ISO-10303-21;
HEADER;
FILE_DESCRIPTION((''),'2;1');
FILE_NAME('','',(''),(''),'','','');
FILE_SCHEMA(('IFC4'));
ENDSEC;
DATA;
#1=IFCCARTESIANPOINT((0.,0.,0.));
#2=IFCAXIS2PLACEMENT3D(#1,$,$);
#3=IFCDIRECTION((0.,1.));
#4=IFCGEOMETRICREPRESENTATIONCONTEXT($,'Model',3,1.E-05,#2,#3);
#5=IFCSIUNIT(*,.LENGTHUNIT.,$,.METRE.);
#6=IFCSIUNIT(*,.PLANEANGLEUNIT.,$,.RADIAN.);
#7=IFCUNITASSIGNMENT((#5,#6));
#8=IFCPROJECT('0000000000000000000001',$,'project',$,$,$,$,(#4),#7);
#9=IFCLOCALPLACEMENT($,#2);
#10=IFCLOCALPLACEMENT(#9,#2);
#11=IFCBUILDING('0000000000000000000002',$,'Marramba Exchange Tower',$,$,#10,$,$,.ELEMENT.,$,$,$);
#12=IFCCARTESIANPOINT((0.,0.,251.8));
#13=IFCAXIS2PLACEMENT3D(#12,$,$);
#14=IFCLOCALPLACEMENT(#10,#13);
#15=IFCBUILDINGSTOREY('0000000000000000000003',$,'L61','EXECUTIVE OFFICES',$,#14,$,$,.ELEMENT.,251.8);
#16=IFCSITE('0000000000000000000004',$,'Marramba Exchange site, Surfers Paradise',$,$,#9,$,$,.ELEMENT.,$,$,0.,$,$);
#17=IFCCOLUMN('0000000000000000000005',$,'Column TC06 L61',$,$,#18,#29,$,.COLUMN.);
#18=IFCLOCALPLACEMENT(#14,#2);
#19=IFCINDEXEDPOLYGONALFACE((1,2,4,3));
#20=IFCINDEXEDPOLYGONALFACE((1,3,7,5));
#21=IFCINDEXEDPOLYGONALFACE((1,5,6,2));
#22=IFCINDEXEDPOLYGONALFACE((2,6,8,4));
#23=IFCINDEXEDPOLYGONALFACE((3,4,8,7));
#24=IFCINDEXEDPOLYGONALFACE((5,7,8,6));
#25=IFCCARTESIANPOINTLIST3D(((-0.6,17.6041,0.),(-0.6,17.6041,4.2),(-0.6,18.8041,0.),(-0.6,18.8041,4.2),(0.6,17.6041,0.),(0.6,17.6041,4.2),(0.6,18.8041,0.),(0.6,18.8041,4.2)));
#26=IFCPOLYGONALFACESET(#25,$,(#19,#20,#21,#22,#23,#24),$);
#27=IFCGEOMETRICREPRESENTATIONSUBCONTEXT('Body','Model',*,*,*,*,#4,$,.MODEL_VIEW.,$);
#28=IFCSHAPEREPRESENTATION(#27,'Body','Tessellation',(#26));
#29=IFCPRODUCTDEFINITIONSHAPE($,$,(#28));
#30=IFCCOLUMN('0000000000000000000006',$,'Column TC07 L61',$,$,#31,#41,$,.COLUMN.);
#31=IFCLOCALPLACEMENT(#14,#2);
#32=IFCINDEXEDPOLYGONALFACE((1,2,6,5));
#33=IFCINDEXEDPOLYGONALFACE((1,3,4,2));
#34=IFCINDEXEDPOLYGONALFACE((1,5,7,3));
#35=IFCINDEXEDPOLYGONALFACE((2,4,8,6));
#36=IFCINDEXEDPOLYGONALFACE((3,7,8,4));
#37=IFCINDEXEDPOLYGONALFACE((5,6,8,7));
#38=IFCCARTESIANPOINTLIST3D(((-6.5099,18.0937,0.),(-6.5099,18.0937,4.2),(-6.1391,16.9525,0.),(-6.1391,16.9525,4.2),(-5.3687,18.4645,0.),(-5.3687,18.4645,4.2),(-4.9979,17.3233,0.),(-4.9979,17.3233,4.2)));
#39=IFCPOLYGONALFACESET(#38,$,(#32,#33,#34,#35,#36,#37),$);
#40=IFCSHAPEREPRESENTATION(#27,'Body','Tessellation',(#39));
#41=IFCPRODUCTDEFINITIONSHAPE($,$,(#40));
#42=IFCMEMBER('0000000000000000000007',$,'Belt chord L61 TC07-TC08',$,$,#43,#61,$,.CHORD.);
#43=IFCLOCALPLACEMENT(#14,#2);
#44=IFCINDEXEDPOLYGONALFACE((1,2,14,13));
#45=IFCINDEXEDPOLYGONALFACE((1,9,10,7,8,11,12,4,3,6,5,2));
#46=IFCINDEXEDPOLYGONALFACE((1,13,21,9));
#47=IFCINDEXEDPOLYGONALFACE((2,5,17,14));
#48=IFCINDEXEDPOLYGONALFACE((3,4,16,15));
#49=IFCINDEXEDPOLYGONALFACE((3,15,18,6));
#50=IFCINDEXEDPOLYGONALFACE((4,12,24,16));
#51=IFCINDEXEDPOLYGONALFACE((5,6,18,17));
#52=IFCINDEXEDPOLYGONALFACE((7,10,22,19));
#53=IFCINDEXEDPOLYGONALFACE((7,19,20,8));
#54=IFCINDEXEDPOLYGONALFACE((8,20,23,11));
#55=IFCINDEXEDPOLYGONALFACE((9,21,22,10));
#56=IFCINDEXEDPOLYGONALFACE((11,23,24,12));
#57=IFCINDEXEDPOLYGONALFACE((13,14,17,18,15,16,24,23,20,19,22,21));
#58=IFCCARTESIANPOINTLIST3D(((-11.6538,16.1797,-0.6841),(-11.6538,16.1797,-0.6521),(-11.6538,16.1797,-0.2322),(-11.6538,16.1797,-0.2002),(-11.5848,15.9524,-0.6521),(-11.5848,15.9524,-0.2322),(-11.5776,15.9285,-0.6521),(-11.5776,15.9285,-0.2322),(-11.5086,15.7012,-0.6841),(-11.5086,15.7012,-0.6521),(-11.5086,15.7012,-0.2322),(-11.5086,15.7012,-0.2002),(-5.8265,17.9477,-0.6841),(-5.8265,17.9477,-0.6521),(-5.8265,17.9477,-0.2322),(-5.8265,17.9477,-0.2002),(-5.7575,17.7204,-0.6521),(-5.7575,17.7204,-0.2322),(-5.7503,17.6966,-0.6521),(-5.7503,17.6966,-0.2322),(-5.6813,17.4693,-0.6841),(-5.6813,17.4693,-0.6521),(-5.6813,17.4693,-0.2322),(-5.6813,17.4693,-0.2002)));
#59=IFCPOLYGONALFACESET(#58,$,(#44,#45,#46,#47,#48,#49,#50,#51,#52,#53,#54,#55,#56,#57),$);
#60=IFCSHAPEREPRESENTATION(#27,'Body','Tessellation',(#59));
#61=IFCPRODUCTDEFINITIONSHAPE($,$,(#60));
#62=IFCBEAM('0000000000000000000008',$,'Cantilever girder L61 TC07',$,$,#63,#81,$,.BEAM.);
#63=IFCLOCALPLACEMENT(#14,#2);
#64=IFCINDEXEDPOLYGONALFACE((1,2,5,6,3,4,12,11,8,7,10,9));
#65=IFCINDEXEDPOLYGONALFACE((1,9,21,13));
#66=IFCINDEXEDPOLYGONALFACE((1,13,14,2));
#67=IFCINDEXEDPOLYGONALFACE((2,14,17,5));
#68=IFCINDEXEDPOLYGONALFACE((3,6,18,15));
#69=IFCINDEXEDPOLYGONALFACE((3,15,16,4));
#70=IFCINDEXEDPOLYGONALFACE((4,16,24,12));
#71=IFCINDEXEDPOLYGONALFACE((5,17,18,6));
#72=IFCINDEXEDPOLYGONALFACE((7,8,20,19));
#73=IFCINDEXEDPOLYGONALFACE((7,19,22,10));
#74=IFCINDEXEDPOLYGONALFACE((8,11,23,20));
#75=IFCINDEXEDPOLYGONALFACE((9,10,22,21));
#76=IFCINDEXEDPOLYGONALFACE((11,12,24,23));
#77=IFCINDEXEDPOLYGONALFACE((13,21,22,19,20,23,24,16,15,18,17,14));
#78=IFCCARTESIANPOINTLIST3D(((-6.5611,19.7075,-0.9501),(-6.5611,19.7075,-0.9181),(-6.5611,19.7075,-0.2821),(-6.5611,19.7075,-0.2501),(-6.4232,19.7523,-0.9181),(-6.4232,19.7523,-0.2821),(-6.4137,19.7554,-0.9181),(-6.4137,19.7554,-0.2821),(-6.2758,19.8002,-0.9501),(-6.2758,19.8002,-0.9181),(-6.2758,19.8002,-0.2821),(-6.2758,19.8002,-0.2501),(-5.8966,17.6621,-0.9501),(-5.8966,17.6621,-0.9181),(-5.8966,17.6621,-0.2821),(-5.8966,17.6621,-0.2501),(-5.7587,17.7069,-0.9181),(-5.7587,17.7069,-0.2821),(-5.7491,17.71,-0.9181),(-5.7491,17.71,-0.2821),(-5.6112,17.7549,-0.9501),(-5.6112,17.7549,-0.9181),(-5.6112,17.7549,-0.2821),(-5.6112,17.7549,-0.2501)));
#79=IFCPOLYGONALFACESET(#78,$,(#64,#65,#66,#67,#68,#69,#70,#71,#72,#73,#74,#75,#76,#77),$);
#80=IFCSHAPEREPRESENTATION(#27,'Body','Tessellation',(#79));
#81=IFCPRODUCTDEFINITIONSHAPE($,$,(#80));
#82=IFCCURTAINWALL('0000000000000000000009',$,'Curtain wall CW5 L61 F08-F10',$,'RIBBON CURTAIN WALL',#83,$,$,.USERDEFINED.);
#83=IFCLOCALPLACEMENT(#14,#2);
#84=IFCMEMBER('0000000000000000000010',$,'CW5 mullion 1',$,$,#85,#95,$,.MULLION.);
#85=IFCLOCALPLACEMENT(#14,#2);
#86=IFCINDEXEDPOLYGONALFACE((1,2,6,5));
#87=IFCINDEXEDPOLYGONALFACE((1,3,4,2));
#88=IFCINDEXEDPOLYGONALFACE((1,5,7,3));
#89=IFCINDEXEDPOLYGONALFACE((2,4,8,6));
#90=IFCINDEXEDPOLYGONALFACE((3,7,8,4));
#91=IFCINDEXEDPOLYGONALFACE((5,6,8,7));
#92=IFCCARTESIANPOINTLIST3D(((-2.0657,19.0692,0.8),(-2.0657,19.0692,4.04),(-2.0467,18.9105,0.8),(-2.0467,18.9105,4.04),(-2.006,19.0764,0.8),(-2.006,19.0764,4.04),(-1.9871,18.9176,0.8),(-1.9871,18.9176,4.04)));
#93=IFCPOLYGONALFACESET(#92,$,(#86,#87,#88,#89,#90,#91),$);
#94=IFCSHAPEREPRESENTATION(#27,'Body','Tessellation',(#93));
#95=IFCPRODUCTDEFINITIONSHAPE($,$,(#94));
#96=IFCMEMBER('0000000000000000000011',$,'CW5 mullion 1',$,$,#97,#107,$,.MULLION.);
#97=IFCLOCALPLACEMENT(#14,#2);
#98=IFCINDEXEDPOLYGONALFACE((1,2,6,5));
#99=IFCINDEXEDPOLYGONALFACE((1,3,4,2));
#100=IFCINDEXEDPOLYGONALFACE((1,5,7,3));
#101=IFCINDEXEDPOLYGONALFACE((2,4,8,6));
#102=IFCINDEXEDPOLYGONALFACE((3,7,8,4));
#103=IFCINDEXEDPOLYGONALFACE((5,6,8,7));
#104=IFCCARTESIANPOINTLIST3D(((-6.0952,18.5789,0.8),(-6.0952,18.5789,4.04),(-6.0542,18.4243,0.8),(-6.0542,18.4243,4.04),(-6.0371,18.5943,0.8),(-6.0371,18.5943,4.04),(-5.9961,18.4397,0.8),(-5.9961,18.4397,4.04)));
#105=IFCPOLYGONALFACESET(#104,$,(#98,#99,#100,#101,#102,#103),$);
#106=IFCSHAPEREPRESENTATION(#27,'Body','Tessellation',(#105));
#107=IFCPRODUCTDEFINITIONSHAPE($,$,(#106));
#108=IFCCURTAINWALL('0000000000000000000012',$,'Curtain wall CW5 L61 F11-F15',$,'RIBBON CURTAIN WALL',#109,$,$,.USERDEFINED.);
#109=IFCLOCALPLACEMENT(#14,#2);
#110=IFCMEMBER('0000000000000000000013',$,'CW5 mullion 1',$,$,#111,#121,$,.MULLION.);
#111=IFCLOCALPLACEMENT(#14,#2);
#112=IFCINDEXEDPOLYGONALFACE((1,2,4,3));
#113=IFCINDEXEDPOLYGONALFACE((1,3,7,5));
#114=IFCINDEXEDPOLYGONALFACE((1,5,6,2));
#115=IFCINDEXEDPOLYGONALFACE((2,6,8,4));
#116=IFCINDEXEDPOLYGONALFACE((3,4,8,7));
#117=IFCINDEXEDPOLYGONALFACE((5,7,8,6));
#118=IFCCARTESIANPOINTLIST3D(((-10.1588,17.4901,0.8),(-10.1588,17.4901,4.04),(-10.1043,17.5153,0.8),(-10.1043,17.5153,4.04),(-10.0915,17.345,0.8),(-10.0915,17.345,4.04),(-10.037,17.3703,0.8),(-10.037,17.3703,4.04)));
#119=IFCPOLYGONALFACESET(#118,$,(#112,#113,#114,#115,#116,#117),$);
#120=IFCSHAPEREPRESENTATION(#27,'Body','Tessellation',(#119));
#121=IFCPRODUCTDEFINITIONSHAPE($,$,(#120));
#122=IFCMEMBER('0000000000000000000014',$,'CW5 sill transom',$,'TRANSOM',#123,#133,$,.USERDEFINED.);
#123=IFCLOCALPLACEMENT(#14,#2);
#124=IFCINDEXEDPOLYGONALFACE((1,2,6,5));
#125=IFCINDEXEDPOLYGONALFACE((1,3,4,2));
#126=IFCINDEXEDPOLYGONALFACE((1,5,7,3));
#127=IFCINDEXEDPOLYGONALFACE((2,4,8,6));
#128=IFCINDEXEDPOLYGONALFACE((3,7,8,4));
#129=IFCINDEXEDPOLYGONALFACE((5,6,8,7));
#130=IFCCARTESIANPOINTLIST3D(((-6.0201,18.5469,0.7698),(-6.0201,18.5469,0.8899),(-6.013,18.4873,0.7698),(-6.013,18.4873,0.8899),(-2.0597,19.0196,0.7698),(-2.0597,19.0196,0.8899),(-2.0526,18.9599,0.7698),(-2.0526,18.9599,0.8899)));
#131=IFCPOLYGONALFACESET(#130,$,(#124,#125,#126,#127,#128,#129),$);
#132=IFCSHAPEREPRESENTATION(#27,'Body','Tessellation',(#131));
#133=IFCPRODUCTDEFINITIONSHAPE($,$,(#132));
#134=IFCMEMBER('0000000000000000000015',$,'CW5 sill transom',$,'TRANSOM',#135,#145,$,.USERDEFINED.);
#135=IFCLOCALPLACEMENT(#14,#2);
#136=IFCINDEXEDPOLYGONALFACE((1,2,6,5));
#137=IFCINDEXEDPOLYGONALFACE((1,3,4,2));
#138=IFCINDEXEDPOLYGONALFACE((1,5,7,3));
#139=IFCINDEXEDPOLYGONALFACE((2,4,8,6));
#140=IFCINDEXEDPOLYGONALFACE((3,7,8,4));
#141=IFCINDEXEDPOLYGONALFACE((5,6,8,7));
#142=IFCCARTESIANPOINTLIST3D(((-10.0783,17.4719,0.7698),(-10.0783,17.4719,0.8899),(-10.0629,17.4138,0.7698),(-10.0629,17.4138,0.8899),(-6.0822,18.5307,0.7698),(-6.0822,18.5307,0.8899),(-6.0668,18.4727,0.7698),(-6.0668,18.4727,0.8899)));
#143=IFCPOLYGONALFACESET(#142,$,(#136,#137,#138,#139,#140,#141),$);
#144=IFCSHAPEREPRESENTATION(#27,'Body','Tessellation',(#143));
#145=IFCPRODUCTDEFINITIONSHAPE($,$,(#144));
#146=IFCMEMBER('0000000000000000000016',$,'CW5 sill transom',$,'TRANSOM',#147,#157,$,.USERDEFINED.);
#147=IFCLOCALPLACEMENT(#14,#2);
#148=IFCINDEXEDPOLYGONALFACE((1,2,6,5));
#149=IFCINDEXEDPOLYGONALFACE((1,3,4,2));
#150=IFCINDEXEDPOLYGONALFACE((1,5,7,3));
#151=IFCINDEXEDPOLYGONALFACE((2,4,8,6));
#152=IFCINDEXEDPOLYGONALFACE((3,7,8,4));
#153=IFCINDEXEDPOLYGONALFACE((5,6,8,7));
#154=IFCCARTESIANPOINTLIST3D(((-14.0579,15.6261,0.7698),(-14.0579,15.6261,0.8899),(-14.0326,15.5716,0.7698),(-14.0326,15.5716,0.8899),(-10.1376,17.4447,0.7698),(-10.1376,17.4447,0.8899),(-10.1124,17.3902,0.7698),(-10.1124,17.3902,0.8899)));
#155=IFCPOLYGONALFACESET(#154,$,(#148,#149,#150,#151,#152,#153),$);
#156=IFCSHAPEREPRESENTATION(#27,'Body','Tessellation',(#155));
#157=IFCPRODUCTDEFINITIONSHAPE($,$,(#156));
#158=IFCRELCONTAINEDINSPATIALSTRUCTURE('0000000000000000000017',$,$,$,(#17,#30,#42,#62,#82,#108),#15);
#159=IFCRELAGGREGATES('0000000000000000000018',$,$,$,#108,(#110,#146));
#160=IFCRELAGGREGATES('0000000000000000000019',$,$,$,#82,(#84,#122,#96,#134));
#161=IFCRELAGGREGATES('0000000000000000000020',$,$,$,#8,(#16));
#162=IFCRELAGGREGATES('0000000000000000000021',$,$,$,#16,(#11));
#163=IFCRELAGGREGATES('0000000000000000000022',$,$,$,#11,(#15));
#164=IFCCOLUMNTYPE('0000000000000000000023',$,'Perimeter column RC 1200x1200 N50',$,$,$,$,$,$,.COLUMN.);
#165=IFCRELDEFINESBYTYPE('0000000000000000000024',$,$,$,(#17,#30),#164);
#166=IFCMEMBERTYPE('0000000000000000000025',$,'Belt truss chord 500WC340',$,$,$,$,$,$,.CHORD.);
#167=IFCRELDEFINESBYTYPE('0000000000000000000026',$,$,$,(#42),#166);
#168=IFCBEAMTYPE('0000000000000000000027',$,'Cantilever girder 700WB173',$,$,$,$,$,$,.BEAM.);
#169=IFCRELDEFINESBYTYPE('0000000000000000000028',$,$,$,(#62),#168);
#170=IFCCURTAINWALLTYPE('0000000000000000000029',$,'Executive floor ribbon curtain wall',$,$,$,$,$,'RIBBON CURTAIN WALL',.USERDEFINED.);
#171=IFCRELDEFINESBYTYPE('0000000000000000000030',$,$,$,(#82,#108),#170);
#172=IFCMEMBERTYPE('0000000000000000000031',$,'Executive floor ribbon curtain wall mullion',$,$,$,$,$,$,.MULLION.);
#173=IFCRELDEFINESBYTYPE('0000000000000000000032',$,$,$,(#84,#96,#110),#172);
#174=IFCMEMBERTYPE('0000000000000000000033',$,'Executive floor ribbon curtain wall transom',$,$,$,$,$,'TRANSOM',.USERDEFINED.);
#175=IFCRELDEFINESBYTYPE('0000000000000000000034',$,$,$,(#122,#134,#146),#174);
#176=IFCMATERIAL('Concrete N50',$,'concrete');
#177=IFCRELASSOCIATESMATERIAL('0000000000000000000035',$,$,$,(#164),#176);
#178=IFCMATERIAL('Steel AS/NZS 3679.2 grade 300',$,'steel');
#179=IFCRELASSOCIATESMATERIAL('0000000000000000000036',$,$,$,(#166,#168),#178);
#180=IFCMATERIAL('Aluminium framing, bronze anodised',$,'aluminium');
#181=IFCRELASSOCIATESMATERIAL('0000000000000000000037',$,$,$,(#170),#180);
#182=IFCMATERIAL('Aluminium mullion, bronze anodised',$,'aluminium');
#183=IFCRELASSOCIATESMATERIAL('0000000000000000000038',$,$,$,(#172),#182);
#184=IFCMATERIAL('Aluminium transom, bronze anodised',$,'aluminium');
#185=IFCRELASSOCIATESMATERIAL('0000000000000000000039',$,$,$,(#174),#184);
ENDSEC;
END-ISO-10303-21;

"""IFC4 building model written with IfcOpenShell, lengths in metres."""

from ifc_helpers import new_model, si_unit, direction, frame, origin, origin_2d, place, context, subcontext, project, spatial, rectangle, i_section, extrude, material, material_profile, profile_set, type_object, element, aggregate, save


model = new_model("IFC4")

# Units and contexts
model_context = context("Model", 3, precision=1e-05, world=origin(), true_north=direction((0.0, 1.0)))
body_context = subcontext(model_context, "Body", "Model", "MODEL_VIEW")
ifc_project = project(units=[si_unit("LENGTHUNIT", "METRE"), si_unit("PLANEANGLEUNIT", "RADIAN")], contexts=[model_context])

# Site, building, storey
site_placement = place(None, origin())
site = spatial("IfcSite", under=ifc_project, at=site_placement, Name="Marramba Exchange site, Surfers Paradise", CompositionType="ELEMENT", RefElevation=0.0)
building_placement = place(site_placement, origin())
building = spatial("IfcBuilding", under=site, at=building_placement, Name="Marramba Exchange Tower", CompositionType="ELEMENT")
storey_placement = place(building_placement, frame((0.0, 0.0, 251.8)))
storey = spatial("IfcBuildingStorey", under=building, at=storey_placement, Name="L61", Description="EXECUTIVE OFFICES", CompositionType="ELEMENT", Elevation=251.8)

# Columns
ifc_material_1 = material(Name="Concrete N50", Category="concrete")
ifc_material_profile_1 = material_profile(ifc_material_1, rectangle(XDim=1.2, YDim=1.2, at=origin_2d()), Name="RC 1200x1200")
ifc_profile_set_1 = profile_set([ifc_material_profile_1], Name="Concrete N50")
column_type = type_object("IfcColumnType", Name="Perimeter column RC 1200x1200 N50", PredefinedType="COLUMN", material=ifc_profile_set_1)
for number, where, z_axis, x_axis, name in (
    (1, (0.0, 18.2041, 0.0), (0.0, 0.0, 1.0), (0.0, 1.0, 0.0), "Column TC06 L61"),
    (2, (-5.7539, 17.7085, 0.0), (0.0, 0.0, 1.0), (-0.309017, 0.951057, 0.0), "Column TC07 L61"),
):
    element("IfcColumn", number, at=place(storey_placement, frame(where, z_axis=z_axis, x_axis=x_axis)), inside=storey, type_object=column_type, Name=name, PredefinedType="COLUMN", context=body_context, shape_type="SweptSolid", body=[
        extrude(rectangle(XDim=1.2, YDim=1.2, at=origin_2d()), origin(), (0.0, 0.0, 1.0), 4.2),
    ])

# Member
ifc_material_2 = material(Name="Steel AS/NZS 3679.2 grade 300", Category="steel")
ifc_material_profile_2 = material_profile(ifc_material_2, i_section(OverallWidth=0.5, OverallDepth=0.4839, WebThickness=0.0249, FlangeThickness=0.032, at=origin_2d()), Name="500WC340")
ifc_profile_set_2 = profile_set([ifc_material_profile_2], Name="Steel AS/NZS 3679.2 grade 300")
member_type_1 = type_object("IfcMemberType", Name="Belt truss chord 500WC340", PredefinedType="CHORD", material=ifc_profile_set_2)
member_1_placement = place(storey_placement, frame((-5.7539, 17.7085, -0.4421), z_axis=(-0.956925, -0.290337, 0.0), x_axis=(0.290337, -0.956925, 0.0)))
element("IfcMember", 3, at=member_1_placement, inside=storey, type_object=member_type_1, Name="Belt chord L61 TC07-TC08", PredefinedType="CHORD", context=body_context, shape_type="SweptSolid", body=[
    extrude(i_section(OverallWidth=0.5, OverallDepth=0.4839, WebThickness=0.0249, FlangeThickness=0.032, at=origin_2d()), origin(), (0.0, 0.0, 1.0), 6.0896),
])

# Beam
ifc_material_profile_3 = material_profile(ifc_material_2, i_section(OverallWidth=0.3, OverallDepth=0.7, WebThickness=0.01, FlangeThickness=0.032, at=origin_2d()), Name="700WB173")
ifc_profile_set_3 = profile_set([ifc_material_profile_3], Name="Steel AS/NZS 3679.2 grade 300")
beam_type_1 = type_object("IfcBeamType", Name="Cantilever girder 700WB173", PredefinedType="BEAM", material=ifc_profile_set_3)
beam_1_placement = place(storey_placement, frame((-5.7539, 17.7085, -0.6001), z_axis=(-0.308999, 0.951062, 0.0), x_axis=(-0.951062, -0.308999, 0.0)))
element("IfcBeam", 4, at=beam_1_placement, inside=storey, type_object=beam_type_1, Name="Cantilever girder L61 TC07", PredefinedType="BEAM", context=body_context, shape_type="SweptSolid", body=[
    extrude(i_section(OverallWidth=0.3, OverallDepth=0.7, WebThickness=0.01, FlangeThickness=0.032, at=origin_2d()), origin(), (0.0, 0.0, 1.0), 2.1506),
])

# Curtain wall, members
ifc_material_3 = material(Name="Aluminium framing, bronze anodised", Category="aluminium")
curtain_wall_type = type_object("IfcCurtainWallType", Name="Executive floor ribbon curtain wall", ElementType="RIBBON CURTAIN WALL", PredefinedType="USERDEFINED", material=ifc_material_3)
curtain_wall_1_placement = place(storey_placement, origin())
curtain_wall_1 = element("IfcCurtainWall", 5, at=curtain_wall_1_placement, inside=storey, type_object=curtain_wall_type, Name="Curtain wall CW5 L61 F08-F10", ObjectType="RIBBON CURTAIN WALL", PredefinedType="USERDEFINED")
ifc_material_4 = material(Name="Aluminium mullion, bronze anodised", Category="aluminium")
ifc_material_profile_4 = material_profile(ifc_material_4, rectangle(XDim=0.1599, YDim=0.0601, at=origin_2d()), Name="CW5 mullion 60x160")
ifc_profile_set_4 = profile_set([ifc_material_profile_4], Name="Aluminium mullion, bronze anodised")
member_type_2 = type_object("IfcMemberType", Name="Executive floor ribbon curtain wall mullion", PredefinedType="MULLION", material=ifc_profile_set_4)
member_2_placement = place(storey_placement, frame((-2.0264, 18.9934, 0.8), z_axis=(0.0, 0.0, 1.0), x_axis=(0.118557, -0.992947, 0.0)))
member_2 = element("IfcMember", 6, at=member_2_placement, type_object=member_type_2, Name="CW5 mullion 1", PredefinedType="MULLION", context=body_context, shape_type="SweptSolid", body=[
    extrude(rectangle(XDim=0.1599, YDim=0.0601, at=origin_2d()), origin(), (0.0, 0.0, 1.0), 3.24),
])
member_3_placement = place(storey_placement, frame((-6.0457, 18.5093, 0.8), z_axis=(0.0, 0.0, 1.0), x_axis=(0.256126, -0.966644, 0.0)))
member_3 = element("IfcMember", 7, at=member_3_placement, type_object=member_type_2, Name="CW5 mullion 1", PredefinedType="MULLION", context=body_context, shape_type="SweptSolid", body=[
    extrude(rectangle(XDim=0.1599, YDim=0.0601, at=origin_2d()), origin(), (0.0, 0.0, 1.0), 3.24),
])

# Curtain wall, member
curtain_wall_2_placement = place(storey_placement, origin())
curtain_wall_2 = element("IfcCurtainWall", 8, at=curtain_wall_2_placement, inside=storey, type_object=curtain_wall_type, Name="Curtain wall CW5 L61 F11-F15", ObjectType="RIBBON CURTAIN WALL", PredefinedType="USERDEFINED")
member_4_placement = place(storey_placement, frame((-10.0979, 17.4302, 0.8), z_axis=(0.0, 0.0, 1.0), x_axis=(0.420849, -0.907131, 0.0)))
member_4 = element("IfcMember", 9, at=member_4_placement, type_object=member_type_2, Name="CW5 mullion 1", PredefinedType="MULLION", context=body_context, shape_type="SweptSolid", body=[
    extrude(rectangle(XDim=0.1599, YDim=0.0601, at=origin_2d()), origin(), (0.0, 0.0, 1.0), 3.24),
])

# Members
ifc_material_5 = material(Name="Aluminium transom, bronze anodised", Category="aluminium")
ifc_material_profile_5 = material_profile(ifc_material_5, rectangle(XDim=0.0601, YDim=0.1201, at=origin_2d()), Name="CW5 transom 60x120")
ifc_profile_set_5 = profile_set([ifc_material_profile_5], Name="Aluminium transom, bronze anodised")
member_type_3 = type_object("IfcMemberType", Name="Executive floor ribbon curtain wall transom", ElementType="TRANSOM", PredefinedType="USERDEFINED", material=ifc_profile_set_5)
member_5_placement = place(storey_placement, frame((-2.0562, 18.9897, 0.8298), z_axis=(-0.992954, -0.118503, 0.0), x_axis=(0.118503, -0.992954, 0.0)))
member_5 = element("IfcMember", 10, at=member_5_placement, type_object=member_type_3, Name="CW5 sill transom", ObjectType="TRANSOM", PredefinedType="USERDEFINED", context=body_context, shape_type="SweptSolid", body=[
    extrude(rectangle(XDim=0.0601, YDim=0.1201, at=origin_2d()), origin(), (0.0, 0.0, 1.0), 3.9885),
])
member_6_placement = place(storey_placement, frame((-6.0745, 18.5017, 0.8298), z_axis=(-0.966642, -0.25613, 0.0), x_axis=(0.25613, -0.966642, 0.0)))
member_6 = element("IfcMember", 11, at=member_6_placement, type_object=member_type_3, Name="CW5 sill transom", ObjectType="TRANSOM", PredefinedType="USERDEFINED", context=body_context, shape_type="SweptSolid", body=[
    extrude(rectangle(XDim=0.0601, YDim=0.1201, at=origin_2d()), origin(), (0.0, 0.0, 1.0), 4.134),
])
member_7_placement = place(storey_placement, frame((-10.125, 17.4175, 0.8298), z_axis=(-0.907139, -0.420831, 0.0), x_axis=(0.420831, -0.907139, 0.0)))
member_7 = element("IfcMember", 12, at=member_7_placement, type_object=member_type_3, Name="CW5 sill transom", ObjectType="TRANSOM", PredefinedType="USERDEFINED", context=body_context, shape_type="SweptSolid", body=[
    extrude(rectangle(XDim=0.0601, YDim=0.1201, at=origin_2d()), origin(), (0.0, 0.0, 1.0), 4.3215),
])
aggregate(curtain_wall_2, [member_4, member_7])

aggregate(curtain_wall_1, [member_2, member_5, member_3, member_6])

save(model, "model.ifc")
